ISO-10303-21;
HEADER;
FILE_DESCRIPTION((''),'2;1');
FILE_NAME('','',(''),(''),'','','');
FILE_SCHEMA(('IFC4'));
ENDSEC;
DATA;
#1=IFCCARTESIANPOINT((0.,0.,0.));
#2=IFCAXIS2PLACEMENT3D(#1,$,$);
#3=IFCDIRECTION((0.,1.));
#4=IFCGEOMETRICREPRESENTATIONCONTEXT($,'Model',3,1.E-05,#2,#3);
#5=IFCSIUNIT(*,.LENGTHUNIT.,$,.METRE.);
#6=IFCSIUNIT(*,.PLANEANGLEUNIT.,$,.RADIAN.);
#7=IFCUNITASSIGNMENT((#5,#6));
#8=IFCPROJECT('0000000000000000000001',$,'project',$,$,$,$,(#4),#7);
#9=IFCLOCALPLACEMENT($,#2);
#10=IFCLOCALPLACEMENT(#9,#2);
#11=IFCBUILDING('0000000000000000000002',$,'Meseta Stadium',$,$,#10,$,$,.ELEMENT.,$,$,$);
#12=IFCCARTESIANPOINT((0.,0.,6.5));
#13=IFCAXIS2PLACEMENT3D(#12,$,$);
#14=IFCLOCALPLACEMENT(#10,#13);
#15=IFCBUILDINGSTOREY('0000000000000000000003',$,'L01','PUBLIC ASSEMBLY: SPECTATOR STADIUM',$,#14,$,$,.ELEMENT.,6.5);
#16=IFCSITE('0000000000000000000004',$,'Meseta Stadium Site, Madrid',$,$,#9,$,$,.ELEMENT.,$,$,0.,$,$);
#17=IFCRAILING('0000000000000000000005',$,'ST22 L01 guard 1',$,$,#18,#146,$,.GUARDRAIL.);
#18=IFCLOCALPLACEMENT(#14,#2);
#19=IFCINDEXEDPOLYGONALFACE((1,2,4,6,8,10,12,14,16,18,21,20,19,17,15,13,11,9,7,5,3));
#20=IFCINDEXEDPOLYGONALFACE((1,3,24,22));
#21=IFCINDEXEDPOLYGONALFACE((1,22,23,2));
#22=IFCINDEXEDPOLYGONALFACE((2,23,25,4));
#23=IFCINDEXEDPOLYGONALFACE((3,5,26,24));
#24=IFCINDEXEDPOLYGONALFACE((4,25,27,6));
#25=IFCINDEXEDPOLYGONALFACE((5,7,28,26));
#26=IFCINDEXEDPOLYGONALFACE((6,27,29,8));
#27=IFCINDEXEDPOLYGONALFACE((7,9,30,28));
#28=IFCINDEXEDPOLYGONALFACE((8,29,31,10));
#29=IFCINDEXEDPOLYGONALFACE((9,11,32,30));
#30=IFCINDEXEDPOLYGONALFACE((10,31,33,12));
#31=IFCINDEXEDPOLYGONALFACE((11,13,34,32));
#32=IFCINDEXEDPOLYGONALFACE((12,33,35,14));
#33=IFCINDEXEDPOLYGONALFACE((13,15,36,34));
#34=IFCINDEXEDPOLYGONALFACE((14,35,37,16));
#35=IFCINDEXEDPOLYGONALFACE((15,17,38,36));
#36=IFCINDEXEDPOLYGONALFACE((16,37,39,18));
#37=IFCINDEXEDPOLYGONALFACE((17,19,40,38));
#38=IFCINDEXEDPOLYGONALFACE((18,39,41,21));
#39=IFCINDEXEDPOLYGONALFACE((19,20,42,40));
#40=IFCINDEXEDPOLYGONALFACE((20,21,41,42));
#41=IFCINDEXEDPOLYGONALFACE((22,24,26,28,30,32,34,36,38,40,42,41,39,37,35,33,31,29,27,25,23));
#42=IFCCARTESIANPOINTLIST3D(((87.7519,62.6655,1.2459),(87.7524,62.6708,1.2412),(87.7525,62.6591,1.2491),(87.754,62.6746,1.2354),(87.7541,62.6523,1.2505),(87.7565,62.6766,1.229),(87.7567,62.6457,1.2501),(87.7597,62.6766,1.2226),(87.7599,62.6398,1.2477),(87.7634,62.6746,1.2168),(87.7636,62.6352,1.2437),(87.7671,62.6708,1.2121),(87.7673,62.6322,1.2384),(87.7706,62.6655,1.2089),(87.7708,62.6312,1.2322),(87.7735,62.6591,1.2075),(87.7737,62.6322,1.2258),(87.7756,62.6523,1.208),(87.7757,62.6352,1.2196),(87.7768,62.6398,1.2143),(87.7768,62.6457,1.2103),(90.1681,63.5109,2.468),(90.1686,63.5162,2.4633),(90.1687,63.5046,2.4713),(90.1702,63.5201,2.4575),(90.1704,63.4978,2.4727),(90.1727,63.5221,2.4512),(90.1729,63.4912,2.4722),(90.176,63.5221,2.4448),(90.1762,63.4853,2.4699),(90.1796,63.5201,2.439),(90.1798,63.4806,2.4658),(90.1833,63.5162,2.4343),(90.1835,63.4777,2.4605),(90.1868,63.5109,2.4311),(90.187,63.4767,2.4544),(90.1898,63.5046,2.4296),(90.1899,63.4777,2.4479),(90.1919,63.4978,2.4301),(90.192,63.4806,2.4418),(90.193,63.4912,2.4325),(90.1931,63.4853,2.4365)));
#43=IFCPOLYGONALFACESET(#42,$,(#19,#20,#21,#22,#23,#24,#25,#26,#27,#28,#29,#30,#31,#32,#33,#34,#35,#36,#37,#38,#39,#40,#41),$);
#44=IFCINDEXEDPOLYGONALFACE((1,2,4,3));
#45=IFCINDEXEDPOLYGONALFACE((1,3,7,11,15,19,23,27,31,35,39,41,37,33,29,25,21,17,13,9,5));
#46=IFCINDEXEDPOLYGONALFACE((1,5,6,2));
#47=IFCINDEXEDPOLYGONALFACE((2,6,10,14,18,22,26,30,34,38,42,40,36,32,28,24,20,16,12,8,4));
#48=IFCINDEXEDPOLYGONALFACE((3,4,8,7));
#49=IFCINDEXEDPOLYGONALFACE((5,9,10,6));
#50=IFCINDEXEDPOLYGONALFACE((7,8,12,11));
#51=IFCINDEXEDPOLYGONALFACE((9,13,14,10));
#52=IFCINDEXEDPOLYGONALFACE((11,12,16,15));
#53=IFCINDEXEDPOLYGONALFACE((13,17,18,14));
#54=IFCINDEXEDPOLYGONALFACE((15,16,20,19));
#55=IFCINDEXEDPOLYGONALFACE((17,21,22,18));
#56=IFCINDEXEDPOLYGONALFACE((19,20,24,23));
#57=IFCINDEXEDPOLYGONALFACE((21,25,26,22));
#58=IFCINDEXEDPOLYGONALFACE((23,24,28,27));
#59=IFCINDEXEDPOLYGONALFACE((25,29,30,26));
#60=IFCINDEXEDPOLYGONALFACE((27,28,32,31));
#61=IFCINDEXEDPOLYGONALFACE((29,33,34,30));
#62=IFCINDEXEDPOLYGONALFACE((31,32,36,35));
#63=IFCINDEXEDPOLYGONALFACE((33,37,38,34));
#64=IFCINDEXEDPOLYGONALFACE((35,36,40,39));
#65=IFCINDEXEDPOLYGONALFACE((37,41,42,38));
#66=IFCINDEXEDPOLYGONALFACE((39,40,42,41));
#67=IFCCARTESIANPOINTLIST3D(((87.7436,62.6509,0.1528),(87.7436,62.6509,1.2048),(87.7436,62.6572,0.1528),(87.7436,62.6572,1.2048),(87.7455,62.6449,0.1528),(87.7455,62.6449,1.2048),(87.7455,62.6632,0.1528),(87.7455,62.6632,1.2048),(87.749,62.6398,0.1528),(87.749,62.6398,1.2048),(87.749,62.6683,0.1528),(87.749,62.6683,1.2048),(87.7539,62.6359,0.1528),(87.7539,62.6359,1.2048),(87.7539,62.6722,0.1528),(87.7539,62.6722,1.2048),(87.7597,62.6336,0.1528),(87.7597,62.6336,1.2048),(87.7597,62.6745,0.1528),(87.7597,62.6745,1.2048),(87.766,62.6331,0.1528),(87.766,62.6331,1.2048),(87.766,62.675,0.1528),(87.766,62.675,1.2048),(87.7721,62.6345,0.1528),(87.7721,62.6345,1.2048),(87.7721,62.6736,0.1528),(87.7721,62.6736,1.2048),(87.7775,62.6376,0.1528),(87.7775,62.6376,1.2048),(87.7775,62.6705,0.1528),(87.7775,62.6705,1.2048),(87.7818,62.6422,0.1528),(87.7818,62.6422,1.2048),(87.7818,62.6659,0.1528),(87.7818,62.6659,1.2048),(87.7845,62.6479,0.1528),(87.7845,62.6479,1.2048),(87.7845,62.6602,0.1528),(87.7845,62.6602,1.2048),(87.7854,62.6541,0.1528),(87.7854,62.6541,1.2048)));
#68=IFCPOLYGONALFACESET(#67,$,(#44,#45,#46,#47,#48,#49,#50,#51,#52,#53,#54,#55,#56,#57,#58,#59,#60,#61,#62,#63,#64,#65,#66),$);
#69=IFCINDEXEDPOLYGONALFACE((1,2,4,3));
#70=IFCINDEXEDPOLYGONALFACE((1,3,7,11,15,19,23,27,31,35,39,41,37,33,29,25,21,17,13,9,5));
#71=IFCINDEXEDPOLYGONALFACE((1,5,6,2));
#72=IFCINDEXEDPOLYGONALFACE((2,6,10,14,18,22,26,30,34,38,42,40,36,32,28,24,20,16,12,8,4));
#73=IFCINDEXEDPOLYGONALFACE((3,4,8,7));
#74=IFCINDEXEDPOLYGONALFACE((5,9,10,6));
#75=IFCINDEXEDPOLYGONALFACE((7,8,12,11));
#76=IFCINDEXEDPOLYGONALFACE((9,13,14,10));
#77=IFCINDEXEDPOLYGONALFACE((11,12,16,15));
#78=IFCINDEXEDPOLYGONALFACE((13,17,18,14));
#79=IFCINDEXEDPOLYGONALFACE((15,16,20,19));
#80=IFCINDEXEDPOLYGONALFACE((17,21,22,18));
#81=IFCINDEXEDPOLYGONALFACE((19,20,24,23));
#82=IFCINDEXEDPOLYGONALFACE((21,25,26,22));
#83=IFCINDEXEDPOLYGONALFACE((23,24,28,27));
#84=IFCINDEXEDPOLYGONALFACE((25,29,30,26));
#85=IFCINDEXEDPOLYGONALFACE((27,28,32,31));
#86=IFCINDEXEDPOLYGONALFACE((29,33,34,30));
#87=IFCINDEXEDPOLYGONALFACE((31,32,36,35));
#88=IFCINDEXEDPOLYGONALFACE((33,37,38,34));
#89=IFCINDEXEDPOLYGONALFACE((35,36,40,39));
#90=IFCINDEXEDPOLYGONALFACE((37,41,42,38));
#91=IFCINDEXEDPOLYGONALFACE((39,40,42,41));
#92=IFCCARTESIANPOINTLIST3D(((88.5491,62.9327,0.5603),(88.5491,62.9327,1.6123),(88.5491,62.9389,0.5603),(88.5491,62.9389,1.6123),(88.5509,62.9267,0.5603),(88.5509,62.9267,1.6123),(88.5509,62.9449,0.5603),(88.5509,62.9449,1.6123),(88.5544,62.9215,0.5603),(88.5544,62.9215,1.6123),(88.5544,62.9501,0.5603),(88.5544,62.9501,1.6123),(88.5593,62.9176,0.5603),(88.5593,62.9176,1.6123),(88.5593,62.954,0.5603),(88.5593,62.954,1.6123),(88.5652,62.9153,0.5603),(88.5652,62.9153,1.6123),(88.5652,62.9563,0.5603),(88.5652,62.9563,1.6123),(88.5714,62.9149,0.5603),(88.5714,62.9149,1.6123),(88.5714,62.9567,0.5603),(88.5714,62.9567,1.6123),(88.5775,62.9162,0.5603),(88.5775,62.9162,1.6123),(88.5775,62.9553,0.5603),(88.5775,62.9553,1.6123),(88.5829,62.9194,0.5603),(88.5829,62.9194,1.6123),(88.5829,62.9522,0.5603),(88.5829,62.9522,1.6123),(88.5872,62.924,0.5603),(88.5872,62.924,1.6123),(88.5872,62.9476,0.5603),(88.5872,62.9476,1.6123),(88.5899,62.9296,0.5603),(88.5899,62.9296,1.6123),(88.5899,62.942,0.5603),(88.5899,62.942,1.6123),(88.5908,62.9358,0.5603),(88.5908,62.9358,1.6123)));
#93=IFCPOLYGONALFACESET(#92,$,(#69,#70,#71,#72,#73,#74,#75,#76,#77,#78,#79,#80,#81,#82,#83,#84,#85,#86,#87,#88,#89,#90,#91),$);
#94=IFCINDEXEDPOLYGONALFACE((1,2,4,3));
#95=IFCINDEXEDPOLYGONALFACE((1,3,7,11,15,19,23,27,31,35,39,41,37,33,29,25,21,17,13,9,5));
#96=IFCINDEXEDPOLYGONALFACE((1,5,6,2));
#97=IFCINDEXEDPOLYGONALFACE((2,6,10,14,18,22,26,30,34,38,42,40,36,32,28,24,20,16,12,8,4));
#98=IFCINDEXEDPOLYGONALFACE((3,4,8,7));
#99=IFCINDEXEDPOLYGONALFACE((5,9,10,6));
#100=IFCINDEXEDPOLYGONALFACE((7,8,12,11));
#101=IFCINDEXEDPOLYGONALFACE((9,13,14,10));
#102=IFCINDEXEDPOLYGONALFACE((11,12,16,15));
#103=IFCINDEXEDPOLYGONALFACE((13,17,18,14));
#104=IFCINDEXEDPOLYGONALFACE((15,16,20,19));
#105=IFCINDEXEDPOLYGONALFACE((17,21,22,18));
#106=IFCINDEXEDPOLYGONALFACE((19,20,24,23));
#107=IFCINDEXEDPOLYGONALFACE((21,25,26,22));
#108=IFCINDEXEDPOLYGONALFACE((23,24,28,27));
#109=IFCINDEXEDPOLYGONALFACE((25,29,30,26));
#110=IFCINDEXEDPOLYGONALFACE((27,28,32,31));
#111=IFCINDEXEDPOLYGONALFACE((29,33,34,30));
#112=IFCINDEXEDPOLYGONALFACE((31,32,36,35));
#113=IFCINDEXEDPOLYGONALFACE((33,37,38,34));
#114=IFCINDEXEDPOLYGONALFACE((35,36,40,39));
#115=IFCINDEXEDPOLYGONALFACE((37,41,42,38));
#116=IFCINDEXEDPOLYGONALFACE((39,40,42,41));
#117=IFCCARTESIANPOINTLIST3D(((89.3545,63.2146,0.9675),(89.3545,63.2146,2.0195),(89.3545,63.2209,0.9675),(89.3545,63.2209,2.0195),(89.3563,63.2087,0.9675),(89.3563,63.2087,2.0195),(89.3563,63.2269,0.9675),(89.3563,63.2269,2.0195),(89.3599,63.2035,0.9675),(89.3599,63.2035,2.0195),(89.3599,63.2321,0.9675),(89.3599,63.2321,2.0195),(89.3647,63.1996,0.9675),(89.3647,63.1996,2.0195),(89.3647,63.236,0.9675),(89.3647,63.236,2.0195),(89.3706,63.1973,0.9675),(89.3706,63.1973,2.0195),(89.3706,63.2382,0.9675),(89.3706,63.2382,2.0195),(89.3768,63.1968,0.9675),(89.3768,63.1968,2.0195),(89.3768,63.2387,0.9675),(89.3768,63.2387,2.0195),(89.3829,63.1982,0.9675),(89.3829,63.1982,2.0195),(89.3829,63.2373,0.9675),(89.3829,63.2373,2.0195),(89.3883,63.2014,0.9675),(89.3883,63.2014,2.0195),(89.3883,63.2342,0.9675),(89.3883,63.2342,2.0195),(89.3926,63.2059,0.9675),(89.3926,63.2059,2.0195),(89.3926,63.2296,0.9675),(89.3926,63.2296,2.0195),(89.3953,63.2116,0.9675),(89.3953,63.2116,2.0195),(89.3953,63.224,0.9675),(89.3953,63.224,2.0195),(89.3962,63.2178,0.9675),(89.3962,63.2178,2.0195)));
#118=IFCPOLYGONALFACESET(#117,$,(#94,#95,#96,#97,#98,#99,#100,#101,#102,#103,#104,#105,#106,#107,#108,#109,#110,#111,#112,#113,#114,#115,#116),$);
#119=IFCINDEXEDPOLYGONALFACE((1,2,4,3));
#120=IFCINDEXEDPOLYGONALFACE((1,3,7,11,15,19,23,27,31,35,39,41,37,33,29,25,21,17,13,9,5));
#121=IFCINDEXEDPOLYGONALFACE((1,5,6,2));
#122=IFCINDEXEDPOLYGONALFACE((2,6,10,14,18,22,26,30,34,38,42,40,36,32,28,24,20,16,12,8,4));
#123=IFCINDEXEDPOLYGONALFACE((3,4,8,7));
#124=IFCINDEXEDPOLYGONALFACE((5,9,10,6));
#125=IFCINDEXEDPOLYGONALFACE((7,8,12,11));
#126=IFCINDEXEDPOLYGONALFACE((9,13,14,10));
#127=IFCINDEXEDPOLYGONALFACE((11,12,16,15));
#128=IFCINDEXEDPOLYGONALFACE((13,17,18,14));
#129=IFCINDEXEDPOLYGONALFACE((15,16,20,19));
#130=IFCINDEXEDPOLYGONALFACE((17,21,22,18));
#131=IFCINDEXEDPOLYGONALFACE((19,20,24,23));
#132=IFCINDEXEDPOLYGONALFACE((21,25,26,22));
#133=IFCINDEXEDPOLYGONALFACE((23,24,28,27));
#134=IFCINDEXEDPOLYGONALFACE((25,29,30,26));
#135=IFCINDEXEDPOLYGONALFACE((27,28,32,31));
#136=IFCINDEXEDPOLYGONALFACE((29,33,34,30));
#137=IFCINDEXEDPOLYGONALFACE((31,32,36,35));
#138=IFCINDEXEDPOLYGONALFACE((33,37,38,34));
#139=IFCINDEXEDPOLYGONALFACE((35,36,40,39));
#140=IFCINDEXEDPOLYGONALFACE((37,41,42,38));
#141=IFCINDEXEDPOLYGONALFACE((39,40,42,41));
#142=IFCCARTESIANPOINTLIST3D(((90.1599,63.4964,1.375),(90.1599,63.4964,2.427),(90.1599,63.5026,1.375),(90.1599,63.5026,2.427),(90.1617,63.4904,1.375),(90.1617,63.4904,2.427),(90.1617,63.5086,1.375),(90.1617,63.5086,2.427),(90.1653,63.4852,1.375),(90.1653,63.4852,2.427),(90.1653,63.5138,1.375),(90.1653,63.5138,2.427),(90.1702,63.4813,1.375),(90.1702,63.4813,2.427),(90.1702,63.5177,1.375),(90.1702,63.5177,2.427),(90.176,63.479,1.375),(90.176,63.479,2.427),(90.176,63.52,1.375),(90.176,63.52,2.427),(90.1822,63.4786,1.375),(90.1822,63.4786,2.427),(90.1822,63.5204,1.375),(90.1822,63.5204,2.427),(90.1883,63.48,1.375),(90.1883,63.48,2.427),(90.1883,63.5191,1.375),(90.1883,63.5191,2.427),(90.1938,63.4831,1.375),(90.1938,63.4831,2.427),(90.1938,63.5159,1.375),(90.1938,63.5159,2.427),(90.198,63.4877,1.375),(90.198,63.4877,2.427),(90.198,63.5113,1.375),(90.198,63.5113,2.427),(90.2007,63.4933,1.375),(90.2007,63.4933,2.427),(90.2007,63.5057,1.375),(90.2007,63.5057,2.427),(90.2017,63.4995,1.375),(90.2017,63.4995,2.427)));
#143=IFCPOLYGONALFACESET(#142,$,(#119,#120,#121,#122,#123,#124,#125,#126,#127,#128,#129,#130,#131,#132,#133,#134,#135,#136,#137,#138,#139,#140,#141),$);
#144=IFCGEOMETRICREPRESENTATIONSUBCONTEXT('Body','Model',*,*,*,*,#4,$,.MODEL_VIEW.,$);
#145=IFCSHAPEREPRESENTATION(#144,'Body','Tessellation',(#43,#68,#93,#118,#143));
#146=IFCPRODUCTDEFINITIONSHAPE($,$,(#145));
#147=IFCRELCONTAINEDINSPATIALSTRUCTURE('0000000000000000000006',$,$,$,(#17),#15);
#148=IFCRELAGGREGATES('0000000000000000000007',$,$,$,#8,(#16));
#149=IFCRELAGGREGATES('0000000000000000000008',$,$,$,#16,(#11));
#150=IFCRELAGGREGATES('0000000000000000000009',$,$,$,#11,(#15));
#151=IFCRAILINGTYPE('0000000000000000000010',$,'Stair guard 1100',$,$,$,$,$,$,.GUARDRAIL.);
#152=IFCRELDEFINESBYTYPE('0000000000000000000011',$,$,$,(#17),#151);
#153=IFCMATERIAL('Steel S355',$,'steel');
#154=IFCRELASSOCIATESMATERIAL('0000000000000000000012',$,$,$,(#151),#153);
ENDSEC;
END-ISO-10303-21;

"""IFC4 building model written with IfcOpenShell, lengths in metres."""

from ifc_helpers import new_model, si_unit, direction, frame, origin, origin_2d, place, context, subcontext, project, spatial, circle, extrude, material, type_object, element, save


model = new_model("IFC4")

# Units and contexts
model_context = context("Model", 3, precision=1e-05, world=origin(), true_north=direction((0.0, 1.0)))
body_context = subcontext(model_context, "Body", "Model", "MODEL_VIEW")
ifc_project = project(units=[si_unit("LENGTHUNIT", "METRE"), si_unit("PLANEANGLEUNIT", "RADIAN")], contexts=[model_context])

# Site, building, storey
site_placement = place(None, origin())
site = spatial("IfcSite", under=ifc_project, at=site_placement, Name="Meseta Stadium Site, Madrid", CompositionType="ELEMENT", RefElevation=0.0)
building_placement = place(site_placement, origin())
building = spatial("IfcBuilding", under=site, at=building_placement, Name="Meseta Stadium", CompositionType="ELEMENT")
storey_placement = place(building_placement, frame((0.0, 0.0, 6.5)))
storey = spatial("IfcBuildingStorey", under=building, at=storey_placement, Name="L01", Description="PUBLIC ASSEMBLY: SPECTATOR STADIUM", CompositionType="ELEMENT", Elevation=6.5)

# Railing
ifc_material_1 = material(Name="Steel S355", Category="steel")
railing_type = type_object("IfcRailingType", Name="Stair guard 1100", PredefinedType="GUARDRAIL", material=ifc_material_1)
railing_1_placement = place(storey_placement, frame((87.7644, 62.6541, 0.1528)))
element("IfcRailing", 1, at=railing_1_placement, inside=storey, type_object=railing_type, Name="ST22 L01 guard 1", PredefinedType="GUARDRAIL", context=body_context, shape_type="SweptSolid", body=[
    extrude(circle(Radius=0.0239, at=origin_2d()), frame((0.0, 0.0, 1.0762), z_axis=(0.851789, 0.298044, 0.430843), x_axis=(-0.33027, 0.943887, 0.0)), (0.0, 0.0, 1.0), 2.8367),
    extrude(circle(Radius=0.021, at=origin_2d()), origin(), (0.0, 0.0, 1.0), 1.052),
    extrude(circle(Radius=0.021, at=origin_2d()), frame((0.8054, 0.2817, 0.4075)), (0.0, 0.0, 1.0), 1.052),
    extrude(circle(Radius=0.021, at=origin_2d()), frame((1.6108, 0.5637, 0.8147)), (0.0, 0.0, 1.0), 1.052),
    extrude(circle(Radius=0.021, at=origin_2d()), frame((2.4163, 0.8455, 1.2222)), (0.0, 0.0, 1.0), 1.052),
])

save(model, "model.ifc")
